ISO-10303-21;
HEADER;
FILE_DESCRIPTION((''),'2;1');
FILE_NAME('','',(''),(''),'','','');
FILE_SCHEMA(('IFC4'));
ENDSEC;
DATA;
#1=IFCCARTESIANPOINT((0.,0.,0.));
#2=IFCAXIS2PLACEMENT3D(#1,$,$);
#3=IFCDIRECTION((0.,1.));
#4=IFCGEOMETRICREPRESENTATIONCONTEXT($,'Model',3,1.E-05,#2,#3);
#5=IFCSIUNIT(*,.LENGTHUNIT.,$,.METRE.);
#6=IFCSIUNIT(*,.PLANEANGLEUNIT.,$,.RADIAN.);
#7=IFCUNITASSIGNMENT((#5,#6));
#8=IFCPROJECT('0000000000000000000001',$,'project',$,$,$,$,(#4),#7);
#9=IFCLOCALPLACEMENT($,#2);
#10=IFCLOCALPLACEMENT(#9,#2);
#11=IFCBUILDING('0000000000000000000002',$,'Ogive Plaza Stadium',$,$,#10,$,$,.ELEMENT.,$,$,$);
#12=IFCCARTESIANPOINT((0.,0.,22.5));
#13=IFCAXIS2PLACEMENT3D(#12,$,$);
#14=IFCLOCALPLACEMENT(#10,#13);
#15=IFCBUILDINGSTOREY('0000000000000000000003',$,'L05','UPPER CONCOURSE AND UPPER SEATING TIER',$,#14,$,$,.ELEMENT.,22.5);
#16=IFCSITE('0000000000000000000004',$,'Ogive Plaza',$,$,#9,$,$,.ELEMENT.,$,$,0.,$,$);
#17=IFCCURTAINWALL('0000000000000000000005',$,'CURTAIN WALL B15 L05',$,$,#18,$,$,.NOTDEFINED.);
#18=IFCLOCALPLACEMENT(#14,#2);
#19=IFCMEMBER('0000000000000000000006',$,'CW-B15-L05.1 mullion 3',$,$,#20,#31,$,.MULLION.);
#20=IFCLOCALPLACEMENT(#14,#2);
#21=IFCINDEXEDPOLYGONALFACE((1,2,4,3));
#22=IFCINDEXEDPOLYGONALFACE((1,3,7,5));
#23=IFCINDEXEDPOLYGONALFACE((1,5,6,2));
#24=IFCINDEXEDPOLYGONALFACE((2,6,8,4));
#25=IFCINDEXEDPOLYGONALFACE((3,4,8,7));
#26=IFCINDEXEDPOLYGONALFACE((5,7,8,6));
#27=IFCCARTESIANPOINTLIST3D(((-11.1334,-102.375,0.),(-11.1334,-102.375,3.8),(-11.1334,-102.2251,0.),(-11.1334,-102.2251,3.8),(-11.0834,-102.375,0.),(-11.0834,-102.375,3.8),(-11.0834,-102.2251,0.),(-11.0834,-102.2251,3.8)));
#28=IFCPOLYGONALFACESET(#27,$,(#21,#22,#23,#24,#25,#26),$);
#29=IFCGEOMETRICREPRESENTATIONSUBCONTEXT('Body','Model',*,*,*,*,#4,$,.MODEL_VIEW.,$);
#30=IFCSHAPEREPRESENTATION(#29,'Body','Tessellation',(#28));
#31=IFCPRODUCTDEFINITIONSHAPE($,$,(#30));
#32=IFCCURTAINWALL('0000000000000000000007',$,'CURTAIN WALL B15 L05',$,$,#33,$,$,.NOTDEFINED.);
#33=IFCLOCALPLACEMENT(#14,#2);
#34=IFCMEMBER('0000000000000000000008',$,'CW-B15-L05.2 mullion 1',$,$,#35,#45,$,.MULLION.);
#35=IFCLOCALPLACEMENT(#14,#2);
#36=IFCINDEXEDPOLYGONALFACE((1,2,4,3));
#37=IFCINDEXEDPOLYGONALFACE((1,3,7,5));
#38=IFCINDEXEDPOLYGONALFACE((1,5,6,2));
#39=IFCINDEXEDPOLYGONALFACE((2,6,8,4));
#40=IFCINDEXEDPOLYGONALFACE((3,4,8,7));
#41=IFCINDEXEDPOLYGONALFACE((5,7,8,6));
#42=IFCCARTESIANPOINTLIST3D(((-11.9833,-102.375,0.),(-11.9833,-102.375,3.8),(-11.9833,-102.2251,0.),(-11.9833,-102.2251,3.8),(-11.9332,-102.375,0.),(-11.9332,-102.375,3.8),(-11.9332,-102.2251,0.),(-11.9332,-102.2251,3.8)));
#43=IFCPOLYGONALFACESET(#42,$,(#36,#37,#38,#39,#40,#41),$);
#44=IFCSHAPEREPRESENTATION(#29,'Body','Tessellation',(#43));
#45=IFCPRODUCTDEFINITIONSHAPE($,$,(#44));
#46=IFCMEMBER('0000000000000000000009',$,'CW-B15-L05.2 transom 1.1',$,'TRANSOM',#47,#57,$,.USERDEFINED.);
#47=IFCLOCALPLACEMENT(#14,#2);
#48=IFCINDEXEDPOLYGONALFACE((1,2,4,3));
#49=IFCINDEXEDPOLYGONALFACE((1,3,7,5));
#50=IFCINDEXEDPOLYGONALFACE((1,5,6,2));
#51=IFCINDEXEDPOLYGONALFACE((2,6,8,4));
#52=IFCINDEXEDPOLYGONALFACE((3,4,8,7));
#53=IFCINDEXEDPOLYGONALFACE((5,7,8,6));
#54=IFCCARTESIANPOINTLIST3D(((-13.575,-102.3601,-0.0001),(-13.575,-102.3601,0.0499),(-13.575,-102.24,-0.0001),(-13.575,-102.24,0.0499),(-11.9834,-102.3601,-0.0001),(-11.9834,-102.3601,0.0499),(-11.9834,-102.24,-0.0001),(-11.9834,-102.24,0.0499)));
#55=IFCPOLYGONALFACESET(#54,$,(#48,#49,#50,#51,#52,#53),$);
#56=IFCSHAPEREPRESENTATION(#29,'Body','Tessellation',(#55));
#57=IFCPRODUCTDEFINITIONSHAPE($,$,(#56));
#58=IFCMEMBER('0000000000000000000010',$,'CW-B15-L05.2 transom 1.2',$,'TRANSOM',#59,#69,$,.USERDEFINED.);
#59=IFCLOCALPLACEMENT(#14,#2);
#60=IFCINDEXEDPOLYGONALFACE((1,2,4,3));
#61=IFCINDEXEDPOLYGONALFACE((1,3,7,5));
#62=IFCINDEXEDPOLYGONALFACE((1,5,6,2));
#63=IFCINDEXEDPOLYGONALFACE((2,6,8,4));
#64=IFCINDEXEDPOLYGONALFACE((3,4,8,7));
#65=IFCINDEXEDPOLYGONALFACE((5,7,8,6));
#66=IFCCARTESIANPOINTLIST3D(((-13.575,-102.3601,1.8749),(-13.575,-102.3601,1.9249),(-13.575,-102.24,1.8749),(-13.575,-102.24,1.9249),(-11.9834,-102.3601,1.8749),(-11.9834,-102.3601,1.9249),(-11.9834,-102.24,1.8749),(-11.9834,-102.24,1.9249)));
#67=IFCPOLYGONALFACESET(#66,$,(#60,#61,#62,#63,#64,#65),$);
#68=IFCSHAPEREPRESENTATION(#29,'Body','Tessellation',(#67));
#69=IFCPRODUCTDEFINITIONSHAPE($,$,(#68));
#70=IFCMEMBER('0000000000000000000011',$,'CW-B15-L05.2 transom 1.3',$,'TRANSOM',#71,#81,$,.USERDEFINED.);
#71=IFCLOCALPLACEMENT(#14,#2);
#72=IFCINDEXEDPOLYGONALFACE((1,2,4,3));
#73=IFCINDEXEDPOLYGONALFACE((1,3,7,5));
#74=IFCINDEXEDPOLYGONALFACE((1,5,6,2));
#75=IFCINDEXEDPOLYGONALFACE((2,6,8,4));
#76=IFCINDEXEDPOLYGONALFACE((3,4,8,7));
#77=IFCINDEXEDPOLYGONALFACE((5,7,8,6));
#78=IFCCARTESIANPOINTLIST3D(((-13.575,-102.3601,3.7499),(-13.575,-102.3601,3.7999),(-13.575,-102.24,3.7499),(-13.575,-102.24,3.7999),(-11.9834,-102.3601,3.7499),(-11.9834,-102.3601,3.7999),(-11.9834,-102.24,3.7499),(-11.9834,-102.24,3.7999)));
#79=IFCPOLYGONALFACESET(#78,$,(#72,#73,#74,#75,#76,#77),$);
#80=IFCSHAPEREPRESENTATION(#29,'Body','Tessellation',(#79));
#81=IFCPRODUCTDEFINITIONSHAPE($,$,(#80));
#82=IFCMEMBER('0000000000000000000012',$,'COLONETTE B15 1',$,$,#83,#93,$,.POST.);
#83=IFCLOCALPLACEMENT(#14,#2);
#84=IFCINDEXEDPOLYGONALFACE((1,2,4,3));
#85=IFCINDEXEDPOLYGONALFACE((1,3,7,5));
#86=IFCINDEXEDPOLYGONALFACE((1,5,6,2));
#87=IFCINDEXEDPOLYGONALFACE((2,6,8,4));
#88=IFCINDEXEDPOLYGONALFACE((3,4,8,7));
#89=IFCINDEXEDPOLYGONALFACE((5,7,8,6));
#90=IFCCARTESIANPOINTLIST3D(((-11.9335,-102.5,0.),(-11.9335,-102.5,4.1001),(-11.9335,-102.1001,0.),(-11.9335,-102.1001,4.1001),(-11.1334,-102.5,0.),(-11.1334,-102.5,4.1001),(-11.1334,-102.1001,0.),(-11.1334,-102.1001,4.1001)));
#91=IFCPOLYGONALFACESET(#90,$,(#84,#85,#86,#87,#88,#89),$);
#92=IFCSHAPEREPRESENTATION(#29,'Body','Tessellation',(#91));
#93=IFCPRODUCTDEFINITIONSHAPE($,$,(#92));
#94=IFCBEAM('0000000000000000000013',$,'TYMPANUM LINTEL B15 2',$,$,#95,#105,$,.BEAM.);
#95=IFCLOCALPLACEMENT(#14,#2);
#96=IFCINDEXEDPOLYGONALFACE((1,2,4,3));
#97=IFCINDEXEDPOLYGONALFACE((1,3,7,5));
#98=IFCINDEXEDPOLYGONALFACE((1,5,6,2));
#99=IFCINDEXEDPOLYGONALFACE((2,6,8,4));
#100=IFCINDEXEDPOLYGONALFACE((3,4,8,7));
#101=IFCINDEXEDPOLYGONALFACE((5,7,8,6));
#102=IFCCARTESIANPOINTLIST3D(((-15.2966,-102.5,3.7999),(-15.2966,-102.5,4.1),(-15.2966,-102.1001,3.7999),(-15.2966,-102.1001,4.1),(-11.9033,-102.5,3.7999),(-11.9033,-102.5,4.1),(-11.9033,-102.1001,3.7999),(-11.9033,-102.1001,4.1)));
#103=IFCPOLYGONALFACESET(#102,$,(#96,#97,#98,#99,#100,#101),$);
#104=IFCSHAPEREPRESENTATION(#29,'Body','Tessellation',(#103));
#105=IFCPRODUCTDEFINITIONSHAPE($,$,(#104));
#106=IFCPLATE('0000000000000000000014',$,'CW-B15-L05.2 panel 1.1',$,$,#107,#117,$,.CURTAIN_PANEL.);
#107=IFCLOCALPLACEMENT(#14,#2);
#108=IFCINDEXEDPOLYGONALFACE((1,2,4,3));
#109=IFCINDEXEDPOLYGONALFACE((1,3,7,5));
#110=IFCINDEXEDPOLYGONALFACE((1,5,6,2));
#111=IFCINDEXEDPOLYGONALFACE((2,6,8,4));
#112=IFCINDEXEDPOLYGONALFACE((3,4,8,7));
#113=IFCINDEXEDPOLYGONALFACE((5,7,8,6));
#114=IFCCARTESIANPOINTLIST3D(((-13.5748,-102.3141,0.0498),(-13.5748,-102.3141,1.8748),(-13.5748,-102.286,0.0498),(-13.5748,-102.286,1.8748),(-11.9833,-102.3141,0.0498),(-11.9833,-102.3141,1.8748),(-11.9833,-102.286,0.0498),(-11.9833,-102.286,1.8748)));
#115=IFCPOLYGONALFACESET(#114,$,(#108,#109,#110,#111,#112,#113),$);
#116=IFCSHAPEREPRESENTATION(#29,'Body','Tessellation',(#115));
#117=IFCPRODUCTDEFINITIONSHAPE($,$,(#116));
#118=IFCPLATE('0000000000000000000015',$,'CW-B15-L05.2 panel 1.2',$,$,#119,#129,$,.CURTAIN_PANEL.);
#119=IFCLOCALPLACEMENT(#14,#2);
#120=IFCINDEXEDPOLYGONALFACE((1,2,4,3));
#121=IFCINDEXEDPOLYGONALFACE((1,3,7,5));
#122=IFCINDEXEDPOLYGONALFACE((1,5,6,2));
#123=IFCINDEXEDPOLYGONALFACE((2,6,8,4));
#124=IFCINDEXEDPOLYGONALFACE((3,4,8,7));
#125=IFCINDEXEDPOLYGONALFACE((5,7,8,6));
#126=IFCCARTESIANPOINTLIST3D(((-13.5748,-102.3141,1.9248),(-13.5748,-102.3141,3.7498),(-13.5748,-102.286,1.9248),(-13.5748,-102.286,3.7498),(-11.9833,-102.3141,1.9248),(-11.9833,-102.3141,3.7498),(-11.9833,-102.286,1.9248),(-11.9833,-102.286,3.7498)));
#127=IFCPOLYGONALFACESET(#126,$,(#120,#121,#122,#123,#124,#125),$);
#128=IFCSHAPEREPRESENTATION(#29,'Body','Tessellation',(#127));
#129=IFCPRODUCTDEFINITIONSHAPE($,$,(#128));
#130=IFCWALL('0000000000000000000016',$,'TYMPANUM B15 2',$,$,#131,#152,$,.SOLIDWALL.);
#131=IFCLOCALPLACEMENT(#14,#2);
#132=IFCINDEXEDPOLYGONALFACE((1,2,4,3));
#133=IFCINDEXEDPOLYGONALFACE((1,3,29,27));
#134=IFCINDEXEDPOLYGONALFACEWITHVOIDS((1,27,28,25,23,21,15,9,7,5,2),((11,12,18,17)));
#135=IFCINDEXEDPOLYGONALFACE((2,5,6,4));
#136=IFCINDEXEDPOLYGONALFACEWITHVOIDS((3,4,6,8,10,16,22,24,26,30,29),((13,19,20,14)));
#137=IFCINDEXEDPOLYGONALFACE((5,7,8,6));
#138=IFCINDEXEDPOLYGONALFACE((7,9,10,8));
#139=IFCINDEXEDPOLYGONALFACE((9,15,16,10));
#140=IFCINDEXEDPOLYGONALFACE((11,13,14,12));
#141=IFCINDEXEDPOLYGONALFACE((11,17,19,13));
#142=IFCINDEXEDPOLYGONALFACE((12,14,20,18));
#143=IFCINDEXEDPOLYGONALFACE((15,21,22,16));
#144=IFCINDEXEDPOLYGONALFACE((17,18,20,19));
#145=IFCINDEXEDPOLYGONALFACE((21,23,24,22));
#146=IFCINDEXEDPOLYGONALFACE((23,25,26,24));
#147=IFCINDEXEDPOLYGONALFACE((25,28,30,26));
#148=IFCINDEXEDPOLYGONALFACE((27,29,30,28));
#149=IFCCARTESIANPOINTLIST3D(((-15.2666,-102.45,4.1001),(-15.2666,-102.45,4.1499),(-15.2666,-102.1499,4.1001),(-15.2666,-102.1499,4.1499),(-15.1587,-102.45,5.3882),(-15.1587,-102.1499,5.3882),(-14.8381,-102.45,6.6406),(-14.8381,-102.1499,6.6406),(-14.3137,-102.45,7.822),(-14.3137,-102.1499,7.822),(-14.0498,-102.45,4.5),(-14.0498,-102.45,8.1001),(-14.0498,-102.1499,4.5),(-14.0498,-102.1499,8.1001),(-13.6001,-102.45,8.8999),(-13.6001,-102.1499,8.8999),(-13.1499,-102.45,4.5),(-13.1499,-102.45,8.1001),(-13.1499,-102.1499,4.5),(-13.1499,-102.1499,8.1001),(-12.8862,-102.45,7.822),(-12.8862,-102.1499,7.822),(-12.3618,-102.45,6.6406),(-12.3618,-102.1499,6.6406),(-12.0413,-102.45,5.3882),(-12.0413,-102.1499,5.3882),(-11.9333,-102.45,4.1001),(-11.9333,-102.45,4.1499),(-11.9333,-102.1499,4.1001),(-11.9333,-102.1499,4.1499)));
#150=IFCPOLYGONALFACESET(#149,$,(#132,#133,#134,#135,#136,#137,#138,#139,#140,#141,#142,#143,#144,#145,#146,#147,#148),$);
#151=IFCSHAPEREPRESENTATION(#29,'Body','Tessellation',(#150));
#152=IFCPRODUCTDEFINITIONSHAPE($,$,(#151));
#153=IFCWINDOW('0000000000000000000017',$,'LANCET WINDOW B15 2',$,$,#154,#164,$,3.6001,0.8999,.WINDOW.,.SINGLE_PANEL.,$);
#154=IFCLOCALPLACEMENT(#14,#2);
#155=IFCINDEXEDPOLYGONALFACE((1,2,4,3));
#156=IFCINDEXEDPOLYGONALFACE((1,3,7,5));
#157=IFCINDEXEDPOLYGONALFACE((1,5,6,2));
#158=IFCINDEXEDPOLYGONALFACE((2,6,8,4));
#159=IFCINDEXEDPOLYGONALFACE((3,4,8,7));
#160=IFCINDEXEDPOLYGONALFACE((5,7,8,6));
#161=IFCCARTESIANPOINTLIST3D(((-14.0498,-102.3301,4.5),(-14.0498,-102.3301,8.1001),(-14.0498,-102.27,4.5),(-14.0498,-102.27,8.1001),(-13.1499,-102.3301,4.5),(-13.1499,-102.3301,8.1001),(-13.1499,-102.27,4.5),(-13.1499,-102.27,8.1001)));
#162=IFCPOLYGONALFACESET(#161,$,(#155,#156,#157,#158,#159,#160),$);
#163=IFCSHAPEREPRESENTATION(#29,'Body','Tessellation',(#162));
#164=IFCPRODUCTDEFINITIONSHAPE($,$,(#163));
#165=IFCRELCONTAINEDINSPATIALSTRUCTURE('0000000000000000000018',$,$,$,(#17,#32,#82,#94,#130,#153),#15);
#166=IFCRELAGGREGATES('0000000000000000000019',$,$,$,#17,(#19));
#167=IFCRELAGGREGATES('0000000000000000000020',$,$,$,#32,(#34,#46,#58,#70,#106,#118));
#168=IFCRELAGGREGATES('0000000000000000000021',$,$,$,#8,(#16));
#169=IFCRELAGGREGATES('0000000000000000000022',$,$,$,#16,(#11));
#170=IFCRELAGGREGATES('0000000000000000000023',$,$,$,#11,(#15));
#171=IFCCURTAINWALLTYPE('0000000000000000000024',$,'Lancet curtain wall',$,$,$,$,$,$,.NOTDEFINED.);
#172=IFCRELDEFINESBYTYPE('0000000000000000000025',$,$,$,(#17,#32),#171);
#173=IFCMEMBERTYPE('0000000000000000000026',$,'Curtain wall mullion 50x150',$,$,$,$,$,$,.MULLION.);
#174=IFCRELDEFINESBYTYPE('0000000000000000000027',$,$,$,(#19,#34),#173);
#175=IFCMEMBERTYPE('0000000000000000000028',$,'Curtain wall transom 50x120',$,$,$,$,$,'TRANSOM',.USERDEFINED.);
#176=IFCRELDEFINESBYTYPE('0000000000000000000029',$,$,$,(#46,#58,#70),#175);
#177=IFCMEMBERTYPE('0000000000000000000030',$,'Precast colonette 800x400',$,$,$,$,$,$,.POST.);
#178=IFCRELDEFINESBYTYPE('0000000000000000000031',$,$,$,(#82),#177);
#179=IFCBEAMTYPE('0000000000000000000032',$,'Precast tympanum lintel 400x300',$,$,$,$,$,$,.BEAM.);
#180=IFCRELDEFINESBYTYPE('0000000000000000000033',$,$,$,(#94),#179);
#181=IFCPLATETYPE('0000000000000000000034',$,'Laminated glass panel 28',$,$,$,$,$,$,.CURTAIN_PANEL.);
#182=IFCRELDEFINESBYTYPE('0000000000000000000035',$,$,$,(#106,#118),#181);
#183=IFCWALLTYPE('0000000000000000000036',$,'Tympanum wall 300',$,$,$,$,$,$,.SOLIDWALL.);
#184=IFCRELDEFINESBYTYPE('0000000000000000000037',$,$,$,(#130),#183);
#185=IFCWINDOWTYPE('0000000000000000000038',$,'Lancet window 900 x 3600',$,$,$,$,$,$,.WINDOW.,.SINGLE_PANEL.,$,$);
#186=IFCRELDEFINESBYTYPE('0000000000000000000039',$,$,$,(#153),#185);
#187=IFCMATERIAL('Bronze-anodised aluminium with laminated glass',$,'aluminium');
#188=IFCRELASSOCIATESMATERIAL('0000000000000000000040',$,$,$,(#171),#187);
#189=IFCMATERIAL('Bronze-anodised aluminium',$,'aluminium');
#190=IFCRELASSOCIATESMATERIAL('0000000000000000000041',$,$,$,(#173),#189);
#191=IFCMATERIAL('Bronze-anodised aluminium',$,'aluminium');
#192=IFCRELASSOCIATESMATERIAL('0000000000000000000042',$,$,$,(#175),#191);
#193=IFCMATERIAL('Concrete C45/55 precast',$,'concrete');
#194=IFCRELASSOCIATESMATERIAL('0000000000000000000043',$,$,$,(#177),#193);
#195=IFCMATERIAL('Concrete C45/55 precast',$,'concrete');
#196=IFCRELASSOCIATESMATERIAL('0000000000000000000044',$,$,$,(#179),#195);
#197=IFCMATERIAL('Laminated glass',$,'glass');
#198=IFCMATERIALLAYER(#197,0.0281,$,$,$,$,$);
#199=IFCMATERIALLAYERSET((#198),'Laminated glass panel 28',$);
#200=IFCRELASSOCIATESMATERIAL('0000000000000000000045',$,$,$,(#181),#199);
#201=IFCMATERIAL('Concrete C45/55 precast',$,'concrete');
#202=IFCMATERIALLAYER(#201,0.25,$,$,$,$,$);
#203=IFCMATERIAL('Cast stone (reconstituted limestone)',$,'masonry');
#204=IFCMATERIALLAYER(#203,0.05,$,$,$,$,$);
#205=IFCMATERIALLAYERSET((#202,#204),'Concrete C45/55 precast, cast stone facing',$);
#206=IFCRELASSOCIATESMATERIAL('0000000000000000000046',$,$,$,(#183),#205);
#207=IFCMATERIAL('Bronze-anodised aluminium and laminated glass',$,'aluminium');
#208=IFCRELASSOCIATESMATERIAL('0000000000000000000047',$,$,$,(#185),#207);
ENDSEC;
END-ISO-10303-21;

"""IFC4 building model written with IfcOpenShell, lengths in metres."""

from ifc_helpers import new_model, si_unit, direction, frame, frame_2d, origin, origin_2d, place, context, subcontext, project, spatial, polyline, rectangle, outline, extrude, material, layer, layer_set, material_profile, profile_set, type_object, element, fill, aggregate, save


model = new_model("IFC4")

# Units and contexts
model_context = context("Model", 3, precision=1e-05, world=origin(), true_north=direction((0.0, 1.0)))
body_context = subcontext(model_context, "Body", "Model", "MODEL_VIEW")
ifc_project = project(units=[si_unit("LENGTHUNIT", "METRE"), si_unit("PLANEANGLEUNIT", "RADIAN")], contexts=[model_context])

# Site, building, storey
site_placement = place(None, origin())
site = spatial("IfcSite", under=ifc_project, at=site_placement, Name="Ogive Plaza", CompositionType="ELEMENT", RefElevation=0.0)
building_placement = place(site_placement, origin())
building = spatial("IfcBuilding", under=site, at=building_placement, Name="Ogive Plaza Stadium", CompositionType="ELEMENT")
storey_placement = place(building_placement, frame((0.0, 0.0, 22.5)))
storey = spatial("IfcBuildingStorey", under=building, at=storey_placement, Name="L05", Description="UPPER CONCOURSE AND UPPER SEATING TIER", CompositionType="ELEMENT", Elevation=22.5)

# Curtain wall, member
ifc_material_1 = material(Name="Bronze-anodised aluminium with laminated glass", Category="aluminium")
curtain_wall_type = type_object("IfcCurtainWallType", Name="Lancet curtain wall", PredefinedType="NOTDEFINED", material=ifc_material_1)
curtain_wall_1_placement = place(storey_placement, origin())
curtain_wall_1 = element("IfcCurtainWall", 1, at=curtain_wall_1_placement, inside=storey, type_object=curtain_wall_type, Name="CURTAIN WALL B15 L05", PredefinedType="NOTDEFINED")
ifc_material_2 = material(Name="Bronze-anodised aluminium", Category="aluminium")
ifc_material_profile_1 = material_profile(ifc_material_2, rectangle(XDim=0.1499, YDim=0.05, at=origin_2d()), Name="AL 150x50")
ifc_profile_set_1 = profile_set([ifc_material_profile_1], Name="Bronze-anodised aluminium")
member_type_1 = type_object("IfcMemberType", Name="Curtain wall mullion 50x150", PredefinedType="MULLION", material=ifc_profile_set_1)
member_1_placement = place(storey_placement, frame((-11.1084, -102.3, 0.0), z_axis=(0.0, 0.0, 1.0), x_axis=(0.0, -1.0, 0.0)))
member_1 = element("IfcMember", 2, at=member_1_placement, type_object=member_type_1, Name="CW-B15-L05.1 mullion 3", PredefinedType="MULLION", context=body_context, shape_type="SweptSolid", body=[
    extrude(rectangle(XDim=0.1499, YDim=0.05, at=origin_2d()), origin(), (0.0, 0.0, 1.0), 3.8),
])
aggregate(curtain_wall_1, [member_1])

# Curtain wall, members
curtain_wall_2_placement = place(storey_placement, origin())
curtain_wall_2 = element("IfcCurtainWall", 3, at=curtain_wall_2_placement, inside=storey, type_object=curtain_wall_type, Name="CURTAIN WALL B15 L05", PredefinedType="NOTDEFINED")
member_2_placement = place(storey_placement, frame((-11.9583, -102.3, 0.0), z_axis=(0.0, 0.0, 1.0), x_axis=(0.0, -1.0, 0.0)))
member_2 = element("IfcMember", 4, at=member_2_placement, type_object=member_type_1, Name="CW-B15-L05.2 mullion 1", PredefinedType="MULLION", context=body_context, shape_type="SweptSolid", body=[
    extrude(rectangle(XDim=0.1499, YDim=0.05, at=origin_2d()), origin(), (0.0, 0.0, 1.0), 3.8),
])
ifc_material_3 = material(Name="Bronze-anodised aluminium", Category="aluminium")
ifc_material_profile_2 = material_profile(ifc_material_3, rectangle(XDim=0.1201, YDim=0.05, at=origin_2d()), Name="AL 120x50")
ifc_profile_set_2 = profile_set([ifc_material_profile_2], Name="Bronze-anodised aluminium")
member_type_2 = type_object("IfcMemberType", Name="Curtain wall transom 50x120", ElementType="TRANSOM", PredefinedType="USERDEFINED", material=ifc_profile_set_2)
member_3_placement = place(storey_placement, frame((-11.9834, -102.3, 0.0249), z_axis=(-1.0, 0.0, 0.0), x_axis=(0.0, -1.0, 0.0)))
member_3 = element("IfcMember", 5, at=member_3_placement, type_object=member_type_2, Name="CW-B15-L05.2 transom 1.1", ObjectType="TRANSOM", PredefinedType="USERDEFINED", context=body_context, shape_type="SweptSolid", body=[
    extrude(rectangle(XDim=0.1201, YDim=0.05, at=origin_2d()), origin(), (0.0, 0.0, 1.0), 1.5916),
])
member_4_placement = place(storey_placement, frame((-11.9834, -102.3, 1.8999), z_axis=(-1.0, 0.0, 0.0), x_axis=(0.0, -1.0, 0.0)))
member_4 = element("IfcMember", 6, at=member_4_placement, type_object=member_type_2, Name="CW-B15-L05.2 transom 1.2", ObjectType="TRANSOM", PredefinedType="USERDEFINED", context=body_context, shape_type="SweptSolid", body=[
    extrude(rectangle(XDim=0.1201, YDim=0.05, at=origin_2d()), origin(), (0.0, 0.0, 1.0), 1.5916),
])
member_5_placement = place(storey_placement, frame((-11.9834, -102.3, 3.7749), z_axis=(-1.0, 0.0, 0.0), x_axis=(0.0, -1.0, 0.0)))
member_5 = element("IfcMember", 7, at=member_5_placement, type_object=member_type_2, Name="CW-B15-L05.2 transom 1.3", ObjectType="TRANSOM", PredefinedType="USERDEFINED", context=body_context, shape_type="SweptSolid", body=[
    extrude(rectangle(XDim=0.1201, YDim=0.05, at=origin_2d()), origin(), (0.0, 0.0, 1.0), 1.5916),
])

# Member
ifc_material_4 = material(Name="Concrete C45/55 precast", Category="concrete")
ifc_material_profile_3 = material_profile(ifc_material_4, rectangle(XDim=0.3999, YDim=0.8, at=origin_2d()), Name="RC 400x800")
ifc_profile_set_3 = profile_set([ifc_material_profile_3], Name="Concrete C45/55 precast")
member_type_3 = type_object("IfcMemberType", Name="Precast colonette 800x400", PredefinedType="POST", material=ifc_profile_set_3)
member_6_placement = place(storey_placement, frame((-11.5334, -102.3, 0.0), z_axis=(0.0, 0.0, 1.0), x_axis=(0.0, -1.0, 0.0)))
element("IfcMember", 8, at=member_6_placement, inside=storey, type_object=member_type_3, Name="COLONETTE B15 1", PredefinedType="POST", context=body_context, shape_type="SweptSolid", body=[
    extrude(rectangle(XDim=0.3999, YDim=0.8, at=origin_2d()), origin(), (0.0, 0.0, 1.0), 4.1001),
])

# Beam
ifc_material_5 = material(Name="Concrete C45/55 precast", Category="concrete")
ifc_material_profile_4 = material_profile(ifc_material_5, rectangle(XDim=0.3999, YDim=0.3, at=origin_2d()), Name="RC 400x300")
ifc_profile_set_4 = profile_set([ifc_material_profile_4], Name="Concrete C45/55 precast")
beam_type = type_object("IfcBeamType", Name="Precast tympanum lintel 400x300", PredefinedType="BEAM", material=ifc_profile_set_4)
beam_placement = place(storey_placement, frame((-11.9033, -102.3, 3.95), z_axis=(-1.0, 0.0, 0.0), x_axis=(0.0, -1.0, 0.0)))
element("IfcBeam", 9, at=beam_placement, inside=storey, type_object=beam_type, Name="TYMPANUM LINTEL B15 2", PredefinedType="BEAM", context=body_context, shape_type="SweptSolid", body=[
    extrude(rectangle(XDim=0.3999, YDim=0.3, at=origin_2d()), origin(), (0.0, 0.0, 1.0), 3.3933),
])

# Plates
ifc_material_6 = material(Name="Laminated glass", Category="glass")
ifc_layer_1 = layer(ifc_material_6, 0.0281)
ifc_layer_set_1 = layer_set([ifc_layer_1], Name="Laminated glass panel 28")
plate_type = type_object("IfcPlateType", Name="Laminated glass panel 28", PredefinedType="CURTAIN_PANEL", material=ifc_layer_set_1)
plate_1_placement = place(storey_placement, frame((-12.7791, -102.3, 0.0498), z_axis=(0.0, 0.0, 1.0), x_axis=(-1.0, 0.0, 0.0)))
plate_1 = element("IfcPlate", 10, at=plate_1_placement, type_object=plate_type, Name="CW-B15-L05.2 panel 1.1", PredefinedType="CURTAIN_PANEL", context=body_context, shape_type="SweptSolid", body=[
    extrude(rectangle(XDim=1.5916, YDim=0.0281, at=origin_2d()), origin(), (0.0, 0.0, 1.0), 1.825),
])
plate_2_placement = place(storey_placement, frame((-12.7791, -102.3, 1.9248), z_axis=(0.0, 0.0, 1.0), x_axis=(-1.0, 0.0, 0.0)))
plate_2 = element("IfcPlate", 11, at=plate_2_placement, type_object=plate_type, Name="CW-B15-L05.2 panel 1.2", PredefinedType="CURTAIN_PANEL", context=body_context, shape_type="SweptSolid", body=[
    extrude(rectangle(XDim=1.5916, YDim=0.0281, at=origin_2d()), origin(), (0.0, 0.0, 1.0), 1.825),
])
aggregate(curtain_wall_2, [member_2, member_3, member_4, member_5, plate_1, plate_2])

# Wall, opening, window
ifc_material_7 = material(Name="Concrete C45/55 precast", Category="concrete")
ifc_layer_2 = layer(ifc_material_7, 0.25)
ifc_material_8 = material(Name="Cast stone (reconstituted limestone)", Category="masonry")
ifc_layer_3 = layer(ifc_material_8, 0.05)
ifc_layer_set_2 = layer_set([ifc_layer_2, ifc_layer_3], Name="Concrete C45/55 precast, cast stone facing")
wall_type = type_object("IfcWallType", Name="Tympanum wall 300", PredefinedType="SOLIDWALL", material=ifc_layer_set_2)
wall_placement = place(storey_placement, frame((-11.9333, -102.3, 4.1001), z_axis=(0.0, 0.0, 1.0), x_axis=(-1.0, 0.0, 0.0)))
wall = element("IfcWall", 12, at=wall_placement, inside=storey, type_object=wall_type, Name="TYMPANUM B15 2", PredefinedType="SOLIDWALL", context=body_context, shape_type="SweptSolid", body=[
    extrude(outline(polyline([(0.0, 0.0), (3.3333, 0.0), (3.3333, 0.0498), (3.2253, 1.2881), (2.9048, 2.5405), (2.3804, 3.7219), (1.6667, 4.7998), (0.9529, 3.7219), (0.4285, 2.5405), (0.1079, 1.2881), (0.0, 0.0498), (0.0, 0.0)])), frame((0.0, 0.1499, 0.0), z_axis=(0.0, -1.0, 0.0), x_axis=(1.0, 0.0, 0.0)), (0.0, 0.0, 1.0), 0.3),
])
opening_placement = place(wall_placement, frame((1.2166, 0.0, 0.3999)))
opening = element("IfcOpeningElement", 13, at=opening_placement, cuts=wall, PredefinedType="OPENING", context=body_context, shape_type="SweptSolid", body=[
    extrude(rectangle(XDim=0.8999, YDim=3.6001, at=frame_2d((0.45, 1.8))), frame((0.0, 0.1602, 0.0), z_axis=(0.0, -1.0, 0.0), x_axis=(1.0, 0.0, 0.0)), (0.0, 0.0, 1.0), 0.3201),
])
ifc_material_9 = material(Name="Bronze-anodised aluminium and laminated glass", Category="aluminium")
window_type = type_object("IfcWindowType", Name="Lancet window 900 x 3600", PartitioningType="SINGLE_PANEL", PredefinedType="WINDOW", material=ifc_material_9)
window_placement = place(opening_placement, origin())
window = element("IfcWindow", 14, at=window_placement, inside=storey, type_object=window_type, Name="LANCET WINDOW B15 2", OverallHeight=3.6001, OverallWidth=0.8999, PartitioningType="SINGLE_PANEL", PredefinedType="WINDOW", context=body_context, shape_type="SweptSolid", body=[
    extrude(rectangle(XDim=0.8999, YDim=3.6001, at=frame_2d((0.45, 1.8))), frame((0.0, 0.03, 0.0), z_axis=(0.0, -1.0, 0.0), x_axis=(1.0, 0.0, 0.0)), (0.0, 0.0, 1.0), 0.0601),
])
fill(opening, window)

save(model, "model.ifc")
